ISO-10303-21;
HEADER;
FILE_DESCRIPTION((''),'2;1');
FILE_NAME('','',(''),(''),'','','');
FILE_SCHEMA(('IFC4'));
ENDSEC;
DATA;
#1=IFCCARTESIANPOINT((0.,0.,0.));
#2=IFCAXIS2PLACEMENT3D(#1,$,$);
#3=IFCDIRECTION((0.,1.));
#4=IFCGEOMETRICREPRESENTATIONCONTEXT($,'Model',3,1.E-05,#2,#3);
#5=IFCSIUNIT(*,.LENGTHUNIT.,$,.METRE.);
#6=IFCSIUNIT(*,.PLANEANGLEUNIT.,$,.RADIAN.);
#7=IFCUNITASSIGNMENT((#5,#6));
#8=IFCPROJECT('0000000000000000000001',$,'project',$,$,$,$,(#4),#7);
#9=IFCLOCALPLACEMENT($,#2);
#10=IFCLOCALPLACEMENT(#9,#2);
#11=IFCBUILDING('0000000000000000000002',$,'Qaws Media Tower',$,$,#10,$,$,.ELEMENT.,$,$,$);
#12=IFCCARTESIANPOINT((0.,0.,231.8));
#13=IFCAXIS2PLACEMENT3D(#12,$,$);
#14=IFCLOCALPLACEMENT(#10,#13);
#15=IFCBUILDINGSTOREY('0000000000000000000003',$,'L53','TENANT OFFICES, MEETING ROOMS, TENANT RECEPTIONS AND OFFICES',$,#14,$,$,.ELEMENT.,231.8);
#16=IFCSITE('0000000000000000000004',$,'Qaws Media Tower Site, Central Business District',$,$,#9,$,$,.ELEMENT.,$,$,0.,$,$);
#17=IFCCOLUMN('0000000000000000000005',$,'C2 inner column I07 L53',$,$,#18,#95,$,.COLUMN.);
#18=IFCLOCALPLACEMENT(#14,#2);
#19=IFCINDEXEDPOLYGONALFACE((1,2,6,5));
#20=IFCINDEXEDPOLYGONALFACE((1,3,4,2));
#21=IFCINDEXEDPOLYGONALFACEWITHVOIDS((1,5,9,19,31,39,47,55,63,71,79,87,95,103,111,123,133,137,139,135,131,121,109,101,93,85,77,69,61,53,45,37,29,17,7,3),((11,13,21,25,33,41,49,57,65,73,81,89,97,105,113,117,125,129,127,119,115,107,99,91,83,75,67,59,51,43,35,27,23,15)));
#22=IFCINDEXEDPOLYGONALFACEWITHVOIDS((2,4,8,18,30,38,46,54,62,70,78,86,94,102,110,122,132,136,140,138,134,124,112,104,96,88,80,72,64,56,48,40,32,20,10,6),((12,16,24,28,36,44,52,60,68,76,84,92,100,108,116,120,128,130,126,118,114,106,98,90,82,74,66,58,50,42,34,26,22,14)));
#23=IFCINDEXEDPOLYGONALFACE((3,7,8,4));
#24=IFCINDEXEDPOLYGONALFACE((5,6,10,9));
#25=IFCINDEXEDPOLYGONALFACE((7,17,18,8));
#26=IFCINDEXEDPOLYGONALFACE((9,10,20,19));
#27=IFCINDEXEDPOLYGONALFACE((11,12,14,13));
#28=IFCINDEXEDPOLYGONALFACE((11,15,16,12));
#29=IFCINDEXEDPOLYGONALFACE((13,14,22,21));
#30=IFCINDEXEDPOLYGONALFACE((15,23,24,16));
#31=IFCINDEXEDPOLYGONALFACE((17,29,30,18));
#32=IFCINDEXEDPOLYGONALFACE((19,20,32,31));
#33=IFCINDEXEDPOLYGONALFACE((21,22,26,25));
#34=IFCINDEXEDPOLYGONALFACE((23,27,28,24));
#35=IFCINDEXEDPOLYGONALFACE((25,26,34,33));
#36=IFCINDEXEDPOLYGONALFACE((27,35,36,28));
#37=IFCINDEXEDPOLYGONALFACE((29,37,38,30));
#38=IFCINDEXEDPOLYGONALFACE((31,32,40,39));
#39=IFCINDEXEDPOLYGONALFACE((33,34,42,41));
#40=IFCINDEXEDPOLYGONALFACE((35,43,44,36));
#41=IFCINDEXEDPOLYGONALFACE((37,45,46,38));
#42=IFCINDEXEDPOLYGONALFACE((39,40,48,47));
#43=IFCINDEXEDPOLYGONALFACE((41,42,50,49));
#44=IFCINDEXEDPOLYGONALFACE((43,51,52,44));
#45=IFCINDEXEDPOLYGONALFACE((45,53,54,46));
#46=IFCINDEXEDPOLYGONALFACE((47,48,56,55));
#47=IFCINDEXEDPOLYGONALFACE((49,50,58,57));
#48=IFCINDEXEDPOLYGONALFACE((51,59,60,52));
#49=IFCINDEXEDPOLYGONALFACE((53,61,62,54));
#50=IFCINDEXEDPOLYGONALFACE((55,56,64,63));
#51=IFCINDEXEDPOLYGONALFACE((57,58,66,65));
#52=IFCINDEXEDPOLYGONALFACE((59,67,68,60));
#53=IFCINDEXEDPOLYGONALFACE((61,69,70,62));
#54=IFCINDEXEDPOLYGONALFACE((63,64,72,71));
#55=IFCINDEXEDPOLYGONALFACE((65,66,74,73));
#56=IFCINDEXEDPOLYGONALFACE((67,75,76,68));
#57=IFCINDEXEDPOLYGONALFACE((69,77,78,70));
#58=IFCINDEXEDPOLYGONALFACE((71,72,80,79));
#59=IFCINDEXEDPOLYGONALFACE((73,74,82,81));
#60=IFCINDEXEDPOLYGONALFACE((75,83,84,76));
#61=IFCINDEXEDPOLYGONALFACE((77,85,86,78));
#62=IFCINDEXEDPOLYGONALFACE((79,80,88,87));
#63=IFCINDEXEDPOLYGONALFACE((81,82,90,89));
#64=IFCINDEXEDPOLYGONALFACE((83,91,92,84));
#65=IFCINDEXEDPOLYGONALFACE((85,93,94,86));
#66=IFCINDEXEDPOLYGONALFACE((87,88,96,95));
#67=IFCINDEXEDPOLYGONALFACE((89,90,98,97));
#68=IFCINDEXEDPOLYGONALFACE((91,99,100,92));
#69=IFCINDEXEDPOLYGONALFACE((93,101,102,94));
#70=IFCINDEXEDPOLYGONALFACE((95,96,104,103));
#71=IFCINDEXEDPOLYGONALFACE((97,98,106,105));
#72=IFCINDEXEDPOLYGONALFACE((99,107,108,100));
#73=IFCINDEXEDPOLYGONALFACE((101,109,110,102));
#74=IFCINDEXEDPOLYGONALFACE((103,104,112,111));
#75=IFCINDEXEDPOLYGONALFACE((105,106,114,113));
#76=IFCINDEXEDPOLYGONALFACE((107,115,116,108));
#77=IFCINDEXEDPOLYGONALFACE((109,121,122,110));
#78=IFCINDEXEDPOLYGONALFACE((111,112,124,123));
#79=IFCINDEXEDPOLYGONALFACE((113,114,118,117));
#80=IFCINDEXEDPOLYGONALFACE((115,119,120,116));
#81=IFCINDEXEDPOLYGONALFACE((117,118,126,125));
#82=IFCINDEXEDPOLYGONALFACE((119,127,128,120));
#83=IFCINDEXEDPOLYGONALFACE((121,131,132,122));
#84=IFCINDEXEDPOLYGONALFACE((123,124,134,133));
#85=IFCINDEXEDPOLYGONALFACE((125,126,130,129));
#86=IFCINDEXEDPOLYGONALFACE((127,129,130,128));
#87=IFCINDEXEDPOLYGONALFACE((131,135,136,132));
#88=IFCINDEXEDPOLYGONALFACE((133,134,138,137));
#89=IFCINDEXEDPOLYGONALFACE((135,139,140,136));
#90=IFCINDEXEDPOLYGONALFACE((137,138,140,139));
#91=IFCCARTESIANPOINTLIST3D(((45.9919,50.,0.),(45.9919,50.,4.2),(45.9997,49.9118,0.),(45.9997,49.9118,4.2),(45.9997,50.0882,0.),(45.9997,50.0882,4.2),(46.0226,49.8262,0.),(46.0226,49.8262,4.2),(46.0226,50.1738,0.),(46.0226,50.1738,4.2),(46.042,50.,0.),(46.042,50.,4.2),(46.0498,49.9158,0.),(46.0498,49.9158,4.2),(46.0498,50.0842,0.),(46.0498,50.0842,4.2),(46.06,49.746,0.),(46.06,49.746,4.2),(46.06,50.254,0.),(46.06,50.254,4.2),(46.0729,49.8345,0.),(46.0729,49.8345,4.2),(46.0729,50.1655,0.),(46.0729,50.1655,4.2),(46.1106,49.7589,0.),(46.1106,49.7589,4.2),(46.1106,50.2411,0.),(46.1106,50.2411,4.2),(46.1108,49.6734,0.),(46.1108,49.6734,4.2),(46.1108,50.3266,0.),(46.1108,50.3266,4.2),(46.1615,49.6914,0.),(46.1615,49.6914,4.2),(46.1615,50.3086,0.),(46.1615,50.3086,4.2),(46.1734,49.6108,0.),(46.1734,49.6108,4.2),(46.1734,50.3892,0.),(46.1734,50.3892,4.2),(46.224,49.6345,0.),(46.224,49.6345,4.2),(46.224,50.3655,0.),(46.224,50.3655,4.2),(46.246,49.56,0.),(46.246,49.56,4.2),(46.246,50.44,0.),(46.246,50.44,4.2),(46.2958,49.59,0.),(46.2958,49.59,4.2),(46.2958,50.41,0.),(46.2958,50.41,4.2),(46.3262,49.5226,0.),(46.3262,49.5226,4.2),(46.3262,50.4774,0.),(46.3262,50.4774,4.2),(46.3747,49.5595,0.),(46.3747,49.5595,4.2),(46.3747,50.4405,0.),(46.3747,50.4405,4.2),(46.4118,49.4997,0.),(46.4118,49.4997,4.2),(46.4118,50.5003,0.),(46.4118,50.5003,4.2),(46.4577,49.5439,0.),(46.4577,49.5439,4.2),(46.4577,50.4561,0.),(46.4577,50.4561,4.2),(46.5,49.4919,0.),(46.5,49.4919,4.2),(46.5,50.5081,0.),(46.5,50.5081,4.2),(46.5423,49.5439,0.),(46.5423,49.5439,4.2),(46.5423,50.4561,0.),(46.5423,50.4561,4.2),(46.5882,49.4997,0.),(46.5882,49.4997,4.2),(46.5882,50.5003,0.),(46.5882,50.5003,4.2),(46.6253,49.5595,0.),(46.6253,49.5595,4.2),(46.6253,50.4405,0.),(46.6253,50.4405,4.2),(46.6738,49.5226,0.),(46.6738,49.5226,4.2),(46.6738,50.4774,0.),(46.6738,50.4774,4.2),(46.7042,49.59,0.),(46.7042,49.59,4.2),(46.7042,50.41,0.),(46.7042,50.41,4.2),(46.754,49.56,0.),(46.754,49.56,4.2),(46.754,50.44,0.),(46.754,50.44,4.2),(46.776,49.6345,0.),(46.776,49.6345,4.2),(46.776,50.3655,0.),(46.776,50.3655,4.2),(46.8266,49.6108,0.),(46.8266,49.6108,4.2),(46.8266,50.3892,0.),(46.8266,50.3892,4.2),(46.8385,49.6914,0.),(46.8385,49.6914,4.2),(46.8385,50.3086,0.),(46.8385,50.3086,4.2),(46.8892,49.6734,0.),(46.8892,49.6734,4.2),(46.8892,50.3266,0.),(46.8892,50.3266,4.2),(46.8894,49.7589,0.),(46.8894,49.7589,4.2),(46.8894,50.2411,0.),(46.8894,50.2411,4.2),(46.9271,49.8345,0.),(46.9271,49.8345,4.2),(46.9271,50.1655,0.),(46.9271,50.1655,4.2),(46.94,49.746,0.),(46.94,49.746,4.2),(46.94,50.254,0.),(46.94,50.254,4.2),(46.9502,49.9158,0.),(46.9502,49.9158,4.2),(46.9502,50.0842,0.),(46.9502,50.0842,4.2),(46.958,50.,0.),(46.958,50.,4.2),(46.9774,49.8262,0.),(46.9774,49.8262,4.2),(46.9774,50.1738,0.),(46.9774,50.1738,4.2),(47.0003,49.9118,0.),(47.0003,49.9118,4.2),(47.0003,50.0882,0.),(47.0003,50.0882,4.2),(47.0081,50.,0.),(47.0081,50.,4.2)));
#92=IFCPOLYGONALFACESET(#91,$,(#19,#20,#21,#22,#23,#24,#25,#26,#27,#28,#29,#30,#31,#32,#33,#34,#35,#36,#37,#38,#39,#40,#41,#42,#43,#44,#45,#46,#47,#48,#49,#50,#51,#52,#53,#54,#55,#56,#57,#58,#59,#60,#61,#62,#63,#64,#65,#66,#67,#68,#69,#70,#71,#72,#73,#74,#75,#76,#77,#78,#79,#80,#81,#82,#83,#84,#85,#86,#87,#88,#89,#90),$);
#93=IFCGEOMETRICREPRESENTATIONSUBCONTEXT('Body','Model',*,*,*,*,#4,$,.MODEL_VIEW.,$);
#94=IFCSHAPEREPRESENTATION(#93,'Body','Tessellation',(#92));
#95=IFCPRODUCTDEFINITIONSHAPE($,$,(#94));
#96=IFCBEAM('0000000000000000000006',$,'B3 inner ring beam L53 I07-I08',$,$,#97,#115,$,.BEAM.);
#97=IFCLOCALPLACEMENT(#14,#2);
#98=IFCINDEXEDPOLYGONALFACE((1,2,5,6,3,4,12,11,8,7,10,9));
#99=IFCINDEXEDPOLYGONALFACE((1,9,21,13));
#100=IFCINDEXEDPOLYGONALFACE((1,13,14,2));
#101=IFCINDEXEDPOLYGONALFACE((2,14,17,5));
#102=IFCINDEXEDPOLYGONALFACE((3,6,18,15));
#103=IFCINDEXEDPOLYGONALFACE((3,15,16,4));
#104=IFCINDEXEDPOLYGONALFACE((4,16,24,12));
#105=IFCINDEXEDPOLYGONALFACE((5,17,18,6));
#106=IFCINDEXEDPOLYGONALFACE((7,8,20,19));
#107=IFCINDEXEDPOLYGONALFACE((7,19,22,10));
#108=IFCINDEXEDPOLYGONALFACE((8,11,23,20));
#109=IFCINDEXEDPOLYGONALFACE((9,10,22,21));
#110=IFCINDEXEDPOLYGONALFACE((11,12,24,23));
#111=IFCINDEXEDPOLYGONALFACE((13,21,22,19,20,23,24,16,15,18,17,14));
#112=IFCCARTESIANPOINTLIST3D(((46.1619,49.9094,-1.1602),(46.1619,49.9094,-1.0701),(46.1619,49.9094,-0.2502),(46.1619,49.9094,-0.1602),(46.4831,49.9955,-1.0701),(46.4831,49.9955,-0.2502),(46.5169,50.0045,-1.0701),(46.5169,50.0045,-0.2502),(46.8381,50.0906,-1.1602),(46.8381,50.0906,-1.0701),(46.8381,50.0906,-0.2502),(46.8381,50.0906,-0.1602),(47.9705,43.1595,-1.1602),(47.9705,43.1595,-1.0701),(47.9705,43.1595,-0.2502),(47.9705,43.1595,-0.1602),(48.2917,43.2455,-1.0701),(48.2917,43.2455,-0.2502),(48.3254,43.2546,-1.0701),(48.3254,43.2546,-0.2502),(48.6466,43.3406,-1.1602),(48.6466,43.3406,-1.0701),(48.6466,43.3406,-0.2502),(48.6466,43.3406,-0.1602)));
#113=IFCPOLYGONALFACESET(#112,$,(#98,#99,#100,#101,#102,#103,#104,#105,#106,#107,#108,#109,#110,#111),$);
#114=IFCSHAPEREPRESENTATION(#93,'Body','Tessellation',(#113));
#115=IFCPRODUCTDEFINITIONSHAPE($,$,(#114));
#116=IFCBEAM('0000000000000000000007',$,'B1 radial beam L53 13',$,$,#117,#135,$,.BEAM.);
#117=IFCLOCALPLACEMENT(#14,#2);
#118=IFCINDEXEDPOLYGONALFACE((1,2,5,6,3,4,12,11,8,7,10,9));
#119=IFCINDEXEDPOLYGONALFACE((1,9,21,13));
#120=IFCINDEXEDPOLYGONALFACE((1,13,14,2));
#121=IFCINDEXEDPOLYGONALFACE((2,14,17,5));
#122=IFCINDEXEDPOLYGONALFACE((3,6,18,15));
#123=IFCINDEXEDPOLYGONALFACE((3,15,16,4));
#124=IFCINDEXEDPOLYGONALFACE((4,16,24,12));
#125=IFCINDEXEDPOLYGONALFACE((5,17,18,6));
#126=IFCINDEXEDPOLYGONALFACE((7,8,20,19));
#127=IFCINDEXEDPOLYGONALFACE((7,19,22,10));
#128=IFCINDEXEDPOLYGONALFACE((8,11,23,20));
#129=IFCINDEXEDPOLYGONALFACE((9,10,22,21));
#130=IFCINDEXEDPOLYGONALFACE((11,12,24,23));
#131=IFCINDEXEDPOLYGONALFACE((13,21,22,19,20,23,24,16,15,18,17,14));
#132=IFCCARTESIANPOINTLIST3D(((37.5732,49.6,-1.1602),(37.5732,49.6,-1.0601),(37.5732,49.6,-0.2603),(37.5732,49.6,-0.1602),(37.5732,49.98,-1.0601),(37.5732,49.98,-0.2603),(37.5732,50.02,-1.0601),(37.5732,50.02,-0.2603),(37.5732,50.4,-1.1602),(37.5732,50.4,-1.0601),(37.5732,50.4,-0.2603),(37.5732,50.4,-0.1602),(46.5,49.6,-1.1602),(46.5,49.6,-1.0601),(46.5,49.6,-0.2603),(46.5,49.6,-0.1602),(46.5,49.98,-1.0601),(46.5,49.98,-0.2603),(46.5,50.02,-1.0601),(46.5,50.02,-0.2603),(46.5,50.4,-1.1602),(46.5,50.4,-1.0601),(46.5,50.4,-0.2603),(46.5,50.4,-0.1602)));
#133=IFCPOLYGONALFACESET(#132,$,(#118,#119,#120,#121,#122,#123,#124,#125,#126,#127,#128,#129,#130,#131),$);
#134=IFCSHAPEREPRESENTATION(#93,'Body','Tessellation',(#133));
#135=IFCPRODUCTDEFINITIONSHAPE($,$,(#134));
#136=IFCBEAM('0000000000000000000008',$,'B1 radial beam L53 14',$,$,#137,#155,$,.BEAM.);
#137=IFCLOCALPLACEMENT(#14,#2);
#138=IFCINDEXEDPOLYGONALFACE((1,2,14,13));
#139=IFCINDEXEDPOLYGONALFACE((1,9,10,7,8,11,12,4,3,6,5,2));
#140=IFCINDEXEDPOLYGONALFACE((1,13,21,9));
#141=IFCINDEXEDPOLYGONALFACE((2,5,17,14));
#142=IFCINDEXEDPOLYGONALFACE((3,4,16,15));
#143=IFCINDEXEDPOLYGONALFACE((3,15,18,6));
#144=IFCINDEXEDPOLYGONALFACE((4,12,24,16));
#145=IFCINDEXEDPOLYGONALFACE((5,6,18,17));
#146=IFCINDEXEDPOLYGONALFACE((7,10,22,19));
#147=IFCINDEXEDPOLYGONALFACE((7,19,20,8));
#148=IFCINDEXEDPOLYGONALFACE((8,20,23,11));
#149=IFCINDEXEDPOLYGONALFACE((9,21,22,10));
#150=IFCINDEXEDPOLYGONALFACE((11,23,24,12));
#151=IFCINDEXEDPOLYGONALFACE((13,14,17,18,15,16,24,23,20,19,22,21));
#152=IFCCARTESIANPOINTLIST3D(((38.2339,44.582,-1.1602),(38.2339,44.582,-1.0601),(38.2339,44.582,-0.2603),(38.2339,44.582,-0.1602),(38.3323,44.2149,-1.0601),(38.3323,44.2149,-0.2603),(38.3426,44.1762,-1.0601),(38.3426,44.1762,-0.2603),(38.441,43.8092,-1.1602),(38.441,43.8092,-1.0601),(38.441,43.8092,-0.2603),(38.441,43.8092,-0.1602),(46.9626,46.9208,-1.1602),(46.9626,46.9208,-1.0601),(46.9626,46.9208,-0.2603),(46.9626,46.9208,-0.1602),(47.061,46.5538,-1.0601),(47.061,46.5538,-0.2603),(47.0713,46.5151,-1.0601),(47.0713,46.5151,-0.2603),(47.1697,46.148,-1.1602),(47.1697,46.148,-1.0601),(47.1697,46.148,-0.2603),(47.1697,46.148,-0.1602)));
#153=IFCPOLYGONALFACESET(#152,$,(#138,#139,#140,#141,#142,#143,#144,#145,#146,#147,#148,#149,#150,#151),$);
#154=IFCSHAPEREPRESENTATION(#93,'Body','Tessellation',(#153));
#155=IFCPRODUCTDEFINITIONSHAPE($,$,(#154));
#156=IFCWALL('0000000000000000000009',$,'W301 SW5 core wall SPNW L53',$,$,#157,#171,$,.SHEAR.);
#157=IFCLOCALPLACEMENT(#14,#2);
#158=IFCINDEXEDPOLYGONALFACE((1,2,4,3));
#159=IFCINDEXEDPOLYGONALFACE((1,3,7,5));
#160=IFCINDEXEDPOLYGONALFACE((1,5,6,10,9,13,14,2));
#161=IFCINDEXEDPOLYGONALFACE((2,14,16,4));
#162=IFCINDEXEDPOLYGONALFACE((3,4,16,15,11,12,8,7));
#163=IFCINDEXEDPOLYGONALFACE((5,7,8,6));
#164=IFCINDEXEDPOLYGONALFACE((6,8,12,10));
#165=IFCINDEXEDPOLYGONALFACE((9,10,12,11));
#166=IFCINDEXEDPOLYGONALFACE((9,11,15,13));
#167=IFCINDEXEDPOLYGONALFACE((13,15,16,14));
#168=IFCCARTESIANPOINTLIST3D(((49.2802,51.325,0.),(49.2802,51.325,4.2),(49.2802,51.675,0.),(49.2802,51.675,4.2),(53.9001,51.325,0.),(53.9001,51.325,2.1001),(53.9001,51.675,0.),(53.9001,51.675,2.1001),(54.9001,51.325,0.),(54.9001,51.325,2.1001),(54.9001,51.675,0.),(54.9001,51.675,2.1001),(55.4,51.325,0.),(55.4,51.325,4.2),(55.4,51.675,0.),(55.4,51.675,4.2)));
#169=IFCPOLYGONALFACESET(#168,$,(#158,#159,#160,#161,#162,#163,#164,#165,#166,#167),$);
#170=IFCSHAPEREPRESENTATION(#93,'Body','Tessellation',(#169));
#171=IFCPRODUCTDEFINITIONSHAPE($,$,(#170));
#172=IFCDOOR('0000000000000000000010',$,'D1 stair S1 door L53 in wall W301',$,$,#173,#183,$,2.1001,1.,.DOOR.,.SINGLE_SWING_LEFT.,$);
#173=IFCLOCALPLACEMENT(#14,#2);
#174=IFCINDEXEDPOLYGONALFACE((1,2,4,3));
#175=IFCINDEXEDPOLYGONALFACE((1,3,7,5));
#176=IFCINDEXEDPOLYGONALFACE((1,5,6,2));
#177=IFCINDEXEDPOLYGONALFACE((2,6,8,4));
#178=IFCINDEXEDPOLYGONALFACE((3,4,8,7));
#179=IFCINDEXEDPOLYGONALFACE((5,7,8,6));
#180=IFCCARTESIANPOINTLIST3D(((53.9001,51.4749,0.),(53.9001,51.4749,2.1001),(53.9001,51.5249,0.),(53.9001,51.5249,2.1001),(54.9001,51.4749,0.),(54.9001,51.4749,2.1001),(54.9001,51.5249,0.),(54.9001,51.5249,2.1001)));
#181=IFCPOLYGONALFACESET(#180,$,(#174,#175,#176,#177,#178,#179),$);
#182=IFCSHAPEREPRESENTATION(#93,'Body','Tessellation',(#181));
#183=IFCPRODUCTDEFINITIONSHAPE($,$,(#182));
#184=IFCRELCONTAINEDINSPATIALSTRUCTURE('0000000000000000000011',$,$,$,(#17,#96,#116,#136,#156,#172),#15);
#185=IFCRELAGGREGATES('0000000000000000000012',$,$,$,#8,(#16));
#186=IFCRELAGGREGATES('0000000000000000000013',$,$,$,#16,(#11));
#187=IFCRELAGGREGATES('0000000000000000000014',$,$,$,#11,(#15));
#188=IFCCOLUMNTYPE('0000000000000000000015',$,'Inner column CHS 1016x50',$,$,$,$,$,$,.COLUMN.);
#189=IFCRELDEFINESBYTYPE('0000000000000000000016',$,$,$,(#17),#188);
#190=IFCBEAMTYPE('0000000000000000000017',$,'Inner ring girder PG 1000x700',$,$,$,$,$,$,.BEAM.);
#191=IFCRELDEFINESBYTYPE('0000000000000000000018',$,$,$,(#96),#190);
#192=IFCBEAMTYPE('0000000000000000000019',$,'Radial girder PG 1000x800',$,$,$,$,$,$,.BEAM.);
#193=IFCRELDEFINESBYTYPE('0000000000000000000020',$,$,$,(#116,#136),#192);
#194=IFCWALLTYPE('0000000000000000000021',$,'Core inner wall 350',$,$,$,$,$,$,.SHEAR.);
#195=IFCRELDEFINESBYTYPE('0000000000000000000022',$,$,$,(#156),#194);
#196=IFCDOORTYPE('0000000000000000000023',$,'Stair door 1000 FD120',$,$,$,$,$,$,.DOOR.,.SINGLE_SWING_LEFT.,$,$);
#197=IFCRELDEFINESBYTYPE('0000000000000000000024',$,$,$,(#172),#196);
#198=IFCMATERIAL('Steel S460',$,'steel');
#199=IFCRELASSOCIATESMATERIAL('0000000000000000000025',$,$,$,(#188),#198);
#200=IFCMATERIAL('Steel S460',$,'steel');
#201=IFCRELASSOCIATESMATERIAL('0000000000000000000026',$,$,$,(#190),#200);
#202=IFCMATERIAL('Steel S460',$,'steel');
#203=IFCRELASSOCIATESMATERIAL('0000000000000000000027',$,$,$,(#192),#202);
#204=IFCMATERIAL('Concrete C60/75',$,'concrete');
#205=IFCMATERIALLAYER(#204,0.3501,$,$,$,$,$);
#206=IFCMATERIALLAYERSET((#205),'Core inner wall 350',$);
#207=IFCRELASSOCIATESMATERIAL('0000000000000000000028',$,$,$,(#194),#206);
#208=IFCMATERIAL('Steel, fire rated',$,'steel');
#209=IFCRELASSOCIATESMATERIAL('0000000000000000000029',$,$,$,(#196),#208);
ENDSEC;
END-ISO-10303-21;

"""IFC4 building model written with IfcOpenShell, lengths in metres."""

from ifc_helpers import new_model, si_unit, direction, frame, frame_2d, origin, origin_2d, place, context, subcontext, project, spatial, rectangle, hollow_circle, i_section, extrude, material, layer, layer_set, material_profile, profile_set, type_object, element, fill, save


model = new_model("IFC4")

# Units and contexts
model_context = context("Model", 3, precision=1e-05, world=origin(), true_north=direction((0.0, 1.0)))
body_context = subcontext(model_context, "Body", "Model", "MODEL_VIEW")
ifc_project = project(units=[si_unit("LENGTHUNIT", "METRE"), si_unit("PLANEANGLEUNIT", "RADIAN")], contexts=[model_context])

# Site, building, storey
site_placement = place(None, origin())
site = spatial("IfcSite", under=ifc_project, at=site_placement, Name="Qaws Media Tower Site, Central Business District", CompositionType="ELEMENT", RefElevation=0.0)
building_placement = place(site_placement, origin())
building = spatial("IfcBuilding", under=site, at=building_placement, Name="Qaws Media Tower", CompositionType="ELEMENT")
storey_placement = place(building_placement, frame((0.0, 0.0, 231.8)))
storey = spatial("IfcBuildingStorey", under=building, at=storey_placement, Name="L53", Description="TENANT OFFICES, MEETING ROOMS, TENANT RECEPTIONS AND OFFICES", CompositionType="ELEMENT", Elevation=231.8)

# Column
ifc_material_1 = material(Name="Steel S460", Category="steel")
ifc_material_profile_1 = material_profile(ifc_material_1, hollow_circle(Radius=0.5081, WallThickness=0.05, at=origin_2d()), Name="CHS 1016x50")
ifc_profile_set_1 = profile_set([ifc_material_profile_1], Name="Steel S460")
column_type = type_object("IfcColumnType", Name="Inner column CHS 1016x50", PredefinedType="COLUMN", material=ifc_profile_set_1)
column_placement = place(storey_placement, frame((46.5, 50.0, 0.0), z_axis=(0.0, 0.0, 1.0), x_axis=(1.0, 0.0, 0.0)))
element("IfcColumn", 1, at=column_placement, inside=storey, type_object=column_type, Name="C2 inner column I07 L53", PredefinedType="COLUMN", context=body_context, shape_type="SweptSolid", body=[
    extrude(hollow_circle(Radius=0.5081, WallThickness=0.05, at=origin_2d()), origin(), (0.0, 0.0, 1.0), 4.2),
])

# Beams
ifc_material_2 = material(Name="Steel S460", Category="steel")
ifc_material_profile_2 = material_profile(ifc_material_2, i_section(OverallWidth=0.7, OverallDepth=1.0, WebThickness=0.0349, FlangeThickness=0.0901, at=origin_2d()), Name="PG 1000x700")
ifc_profile_set_2 = profile_set([ifc_material_profile_2], Name="Steel S460")
beam_type_1 = type_object("IfcBeamType", Name="Inner ring girder PG 1000x700", PredefinedType="BEAM", material=ifc_profile_set_2)
beam_1_placement = place(storey_placement, frame((46.5, 50.0, -0.6602), z_axis=(0.258811, -0.965928, 0.0), x_axis=(0.965928, 0.258811, 0.0)))
element("IfcBeam", 2, at=beam_1_placement, inside=storey, type_object=beam_type_1, Name="B3 inner ring beam L53 I07-I08", PredefinedType="BEAM", context=body_context, shape_type="SweptSolid", body=[
    extrude(i_section(OverallWidth=0.7, OverallDepth=1.0, WebThickness=0.0349, FlangeThickness=0.0901, at=origin_2d()), origin(), (0.0, 0.0, 1.0), 6.988),
])
ifc_material_3 = material(Name="Steel S460", Category="steel")
ifc_material_profile_3 = material_profile(ifc_material_3, i_section(OverallWidth=0.8, OverallDepth=1.0, WebThickness=0.04, FlangeThickness=0.1001, at=origin_2d()), Name="PG 1000x800")
ifc_profile_set_3 = profile_set([ifc_material_profile_3], Name="Steel S460")
beam_type_2 = type_object("IfcBeamType", Name="Radial girder PG 1000x800", PredefinedType="BEAM", material=ifc_profile_set_3)
beam_2_placement = place(storey_placement, frame((46.5, 50.0, -0.6602), z_axis=(-1.0, 0.0, 0.0), x_axis=(0.0, -1.0, 0.0)))
element("IfcBeam", 3, at=beam_2_placement, inside=storey, type_object=beam_type_2, Name="B1 radial beam L53 13", PredefinedType="BEAM", context=body_context, shape_type="SweptSolid", body=[
    extrude(i_section(OverallWidth=0.8, OverallDepth=1.0, WebThickness=0.04, FlangeThickness=0.1001, at=origin_2d()), origin(), (0.0, 0.0, 1.0), 8.9268),
])
beam_3_placement = place(storey_placement, frame((47.0662, 46.5344, -0.6602), z_axis=(-0.965926, -0.258819, 0.0), x_axis=(0.258819, -0.965926, 0.0)))
element("IfcBeam", 4, at=beam_3_placement, inside=storey, type_object=beam_type_2, Name="B1 radial beam L53 14", PredefinedType="BEAM", context=body_context, shape_type="SweptSolid", body=[
    extrude(i_section(OverallWidth=0.8, OverallDepth=1.0, WebThickness=0.04, FlangeThickness=0.1001, at=origin_2d()), origin(), (0.0, 0.0, 1.0), 9.0366),
])

# Wall, opening, door
ifc_material_4 = material(Name="Concrete C60/75", Category="concrete")
ifc_layer_1 = layer(ifc_material_4, 0.3501)
ifc_layer_set_1 = layer_set([ifc_layer_1], Name="Core inner wall 350")
wall_type_1 = type_object("IfcWallType", Name="Core inner wall 350", PredefinedType="SHEAR", material=ifc_layer_set_1)
wall_1_placement = place(storey_placement, frame((49.28, 51.5, 0.0), z_axis=(0.0, 0.0, 1.0), x_axis=(1.0, 0.0, 0.0)))
wall_1 = element("IfcWall", 5, at=wall_1_placement, inside=storey, type_object=wall_type_1, Name="W301 SW5 core wall SPNW L53", PredefinedType="SHEAR", context=body_context, shape_type="SweptSolid", body=[
    extrude(rectangle(XDim=6.1199, YDim=0.3501, at=frame_2d((3.0601, 0.0))), origin(), (0.0, 0.0, 1.0), 4.2),
])
opening_1_placement = place(wall_1_placement, frame((4.6201, 0.0, 0.0)))
opening_1 = element("IfcOpeningElement", 6, at=opening_1_placement, cuts=wall_1, PredefinedType="OPENING", context=body_context, shape_type="SweptSolid", body=[
    extrude(rectangle(XDim=1.0, YDim=2.1001, at=frame_2d((0.5, 1.05))), frame((0.0, 0.1851, 0.0), z_axis=(0.0, -1.0, 0.0), x_axis=(1.0, 0.0, 0.0)), (0.0, 0.0, 1.0), 0.3701),
])
ifc_material_5 = material(Name="Steel, fire rated", Category="steel")
door_type_1 = type_object("IfcDoorType", Name="Stair door 1000 FD120", OperationType="SINGLE_SWING_LEFT", PredefinedType="DOOR", material=ifc_material_5)
door_1_placement = place(opening_1_placement, origin())
door_1 = element("IfcDoor", 7, at=door_1_placement, inside=storey, type_object=door_type_1, Name="D1 stair S1 door L53 in wall W301", OperationType="SINGLE_SWING_LEFT", OverallHeight=2.1001, OverallWidth=1.0, PredefinedType="DOOR", context=body_context, shape_type="SweptSolid", body=[
    extrude(rectangle(XDim=1.0, YDim=2.1001, at=frame_2d((0.5, 1.05))), frame((0.0, 0.0249, 0.0), z_axis=(0.0, -1.0, 0.0), x_axis=(1.0, 0.0, 0.0)), (0.0, 0.0, 1.0), 0.05),
])
fill(opening_1, door_1)

save(model, "model.ifc")
